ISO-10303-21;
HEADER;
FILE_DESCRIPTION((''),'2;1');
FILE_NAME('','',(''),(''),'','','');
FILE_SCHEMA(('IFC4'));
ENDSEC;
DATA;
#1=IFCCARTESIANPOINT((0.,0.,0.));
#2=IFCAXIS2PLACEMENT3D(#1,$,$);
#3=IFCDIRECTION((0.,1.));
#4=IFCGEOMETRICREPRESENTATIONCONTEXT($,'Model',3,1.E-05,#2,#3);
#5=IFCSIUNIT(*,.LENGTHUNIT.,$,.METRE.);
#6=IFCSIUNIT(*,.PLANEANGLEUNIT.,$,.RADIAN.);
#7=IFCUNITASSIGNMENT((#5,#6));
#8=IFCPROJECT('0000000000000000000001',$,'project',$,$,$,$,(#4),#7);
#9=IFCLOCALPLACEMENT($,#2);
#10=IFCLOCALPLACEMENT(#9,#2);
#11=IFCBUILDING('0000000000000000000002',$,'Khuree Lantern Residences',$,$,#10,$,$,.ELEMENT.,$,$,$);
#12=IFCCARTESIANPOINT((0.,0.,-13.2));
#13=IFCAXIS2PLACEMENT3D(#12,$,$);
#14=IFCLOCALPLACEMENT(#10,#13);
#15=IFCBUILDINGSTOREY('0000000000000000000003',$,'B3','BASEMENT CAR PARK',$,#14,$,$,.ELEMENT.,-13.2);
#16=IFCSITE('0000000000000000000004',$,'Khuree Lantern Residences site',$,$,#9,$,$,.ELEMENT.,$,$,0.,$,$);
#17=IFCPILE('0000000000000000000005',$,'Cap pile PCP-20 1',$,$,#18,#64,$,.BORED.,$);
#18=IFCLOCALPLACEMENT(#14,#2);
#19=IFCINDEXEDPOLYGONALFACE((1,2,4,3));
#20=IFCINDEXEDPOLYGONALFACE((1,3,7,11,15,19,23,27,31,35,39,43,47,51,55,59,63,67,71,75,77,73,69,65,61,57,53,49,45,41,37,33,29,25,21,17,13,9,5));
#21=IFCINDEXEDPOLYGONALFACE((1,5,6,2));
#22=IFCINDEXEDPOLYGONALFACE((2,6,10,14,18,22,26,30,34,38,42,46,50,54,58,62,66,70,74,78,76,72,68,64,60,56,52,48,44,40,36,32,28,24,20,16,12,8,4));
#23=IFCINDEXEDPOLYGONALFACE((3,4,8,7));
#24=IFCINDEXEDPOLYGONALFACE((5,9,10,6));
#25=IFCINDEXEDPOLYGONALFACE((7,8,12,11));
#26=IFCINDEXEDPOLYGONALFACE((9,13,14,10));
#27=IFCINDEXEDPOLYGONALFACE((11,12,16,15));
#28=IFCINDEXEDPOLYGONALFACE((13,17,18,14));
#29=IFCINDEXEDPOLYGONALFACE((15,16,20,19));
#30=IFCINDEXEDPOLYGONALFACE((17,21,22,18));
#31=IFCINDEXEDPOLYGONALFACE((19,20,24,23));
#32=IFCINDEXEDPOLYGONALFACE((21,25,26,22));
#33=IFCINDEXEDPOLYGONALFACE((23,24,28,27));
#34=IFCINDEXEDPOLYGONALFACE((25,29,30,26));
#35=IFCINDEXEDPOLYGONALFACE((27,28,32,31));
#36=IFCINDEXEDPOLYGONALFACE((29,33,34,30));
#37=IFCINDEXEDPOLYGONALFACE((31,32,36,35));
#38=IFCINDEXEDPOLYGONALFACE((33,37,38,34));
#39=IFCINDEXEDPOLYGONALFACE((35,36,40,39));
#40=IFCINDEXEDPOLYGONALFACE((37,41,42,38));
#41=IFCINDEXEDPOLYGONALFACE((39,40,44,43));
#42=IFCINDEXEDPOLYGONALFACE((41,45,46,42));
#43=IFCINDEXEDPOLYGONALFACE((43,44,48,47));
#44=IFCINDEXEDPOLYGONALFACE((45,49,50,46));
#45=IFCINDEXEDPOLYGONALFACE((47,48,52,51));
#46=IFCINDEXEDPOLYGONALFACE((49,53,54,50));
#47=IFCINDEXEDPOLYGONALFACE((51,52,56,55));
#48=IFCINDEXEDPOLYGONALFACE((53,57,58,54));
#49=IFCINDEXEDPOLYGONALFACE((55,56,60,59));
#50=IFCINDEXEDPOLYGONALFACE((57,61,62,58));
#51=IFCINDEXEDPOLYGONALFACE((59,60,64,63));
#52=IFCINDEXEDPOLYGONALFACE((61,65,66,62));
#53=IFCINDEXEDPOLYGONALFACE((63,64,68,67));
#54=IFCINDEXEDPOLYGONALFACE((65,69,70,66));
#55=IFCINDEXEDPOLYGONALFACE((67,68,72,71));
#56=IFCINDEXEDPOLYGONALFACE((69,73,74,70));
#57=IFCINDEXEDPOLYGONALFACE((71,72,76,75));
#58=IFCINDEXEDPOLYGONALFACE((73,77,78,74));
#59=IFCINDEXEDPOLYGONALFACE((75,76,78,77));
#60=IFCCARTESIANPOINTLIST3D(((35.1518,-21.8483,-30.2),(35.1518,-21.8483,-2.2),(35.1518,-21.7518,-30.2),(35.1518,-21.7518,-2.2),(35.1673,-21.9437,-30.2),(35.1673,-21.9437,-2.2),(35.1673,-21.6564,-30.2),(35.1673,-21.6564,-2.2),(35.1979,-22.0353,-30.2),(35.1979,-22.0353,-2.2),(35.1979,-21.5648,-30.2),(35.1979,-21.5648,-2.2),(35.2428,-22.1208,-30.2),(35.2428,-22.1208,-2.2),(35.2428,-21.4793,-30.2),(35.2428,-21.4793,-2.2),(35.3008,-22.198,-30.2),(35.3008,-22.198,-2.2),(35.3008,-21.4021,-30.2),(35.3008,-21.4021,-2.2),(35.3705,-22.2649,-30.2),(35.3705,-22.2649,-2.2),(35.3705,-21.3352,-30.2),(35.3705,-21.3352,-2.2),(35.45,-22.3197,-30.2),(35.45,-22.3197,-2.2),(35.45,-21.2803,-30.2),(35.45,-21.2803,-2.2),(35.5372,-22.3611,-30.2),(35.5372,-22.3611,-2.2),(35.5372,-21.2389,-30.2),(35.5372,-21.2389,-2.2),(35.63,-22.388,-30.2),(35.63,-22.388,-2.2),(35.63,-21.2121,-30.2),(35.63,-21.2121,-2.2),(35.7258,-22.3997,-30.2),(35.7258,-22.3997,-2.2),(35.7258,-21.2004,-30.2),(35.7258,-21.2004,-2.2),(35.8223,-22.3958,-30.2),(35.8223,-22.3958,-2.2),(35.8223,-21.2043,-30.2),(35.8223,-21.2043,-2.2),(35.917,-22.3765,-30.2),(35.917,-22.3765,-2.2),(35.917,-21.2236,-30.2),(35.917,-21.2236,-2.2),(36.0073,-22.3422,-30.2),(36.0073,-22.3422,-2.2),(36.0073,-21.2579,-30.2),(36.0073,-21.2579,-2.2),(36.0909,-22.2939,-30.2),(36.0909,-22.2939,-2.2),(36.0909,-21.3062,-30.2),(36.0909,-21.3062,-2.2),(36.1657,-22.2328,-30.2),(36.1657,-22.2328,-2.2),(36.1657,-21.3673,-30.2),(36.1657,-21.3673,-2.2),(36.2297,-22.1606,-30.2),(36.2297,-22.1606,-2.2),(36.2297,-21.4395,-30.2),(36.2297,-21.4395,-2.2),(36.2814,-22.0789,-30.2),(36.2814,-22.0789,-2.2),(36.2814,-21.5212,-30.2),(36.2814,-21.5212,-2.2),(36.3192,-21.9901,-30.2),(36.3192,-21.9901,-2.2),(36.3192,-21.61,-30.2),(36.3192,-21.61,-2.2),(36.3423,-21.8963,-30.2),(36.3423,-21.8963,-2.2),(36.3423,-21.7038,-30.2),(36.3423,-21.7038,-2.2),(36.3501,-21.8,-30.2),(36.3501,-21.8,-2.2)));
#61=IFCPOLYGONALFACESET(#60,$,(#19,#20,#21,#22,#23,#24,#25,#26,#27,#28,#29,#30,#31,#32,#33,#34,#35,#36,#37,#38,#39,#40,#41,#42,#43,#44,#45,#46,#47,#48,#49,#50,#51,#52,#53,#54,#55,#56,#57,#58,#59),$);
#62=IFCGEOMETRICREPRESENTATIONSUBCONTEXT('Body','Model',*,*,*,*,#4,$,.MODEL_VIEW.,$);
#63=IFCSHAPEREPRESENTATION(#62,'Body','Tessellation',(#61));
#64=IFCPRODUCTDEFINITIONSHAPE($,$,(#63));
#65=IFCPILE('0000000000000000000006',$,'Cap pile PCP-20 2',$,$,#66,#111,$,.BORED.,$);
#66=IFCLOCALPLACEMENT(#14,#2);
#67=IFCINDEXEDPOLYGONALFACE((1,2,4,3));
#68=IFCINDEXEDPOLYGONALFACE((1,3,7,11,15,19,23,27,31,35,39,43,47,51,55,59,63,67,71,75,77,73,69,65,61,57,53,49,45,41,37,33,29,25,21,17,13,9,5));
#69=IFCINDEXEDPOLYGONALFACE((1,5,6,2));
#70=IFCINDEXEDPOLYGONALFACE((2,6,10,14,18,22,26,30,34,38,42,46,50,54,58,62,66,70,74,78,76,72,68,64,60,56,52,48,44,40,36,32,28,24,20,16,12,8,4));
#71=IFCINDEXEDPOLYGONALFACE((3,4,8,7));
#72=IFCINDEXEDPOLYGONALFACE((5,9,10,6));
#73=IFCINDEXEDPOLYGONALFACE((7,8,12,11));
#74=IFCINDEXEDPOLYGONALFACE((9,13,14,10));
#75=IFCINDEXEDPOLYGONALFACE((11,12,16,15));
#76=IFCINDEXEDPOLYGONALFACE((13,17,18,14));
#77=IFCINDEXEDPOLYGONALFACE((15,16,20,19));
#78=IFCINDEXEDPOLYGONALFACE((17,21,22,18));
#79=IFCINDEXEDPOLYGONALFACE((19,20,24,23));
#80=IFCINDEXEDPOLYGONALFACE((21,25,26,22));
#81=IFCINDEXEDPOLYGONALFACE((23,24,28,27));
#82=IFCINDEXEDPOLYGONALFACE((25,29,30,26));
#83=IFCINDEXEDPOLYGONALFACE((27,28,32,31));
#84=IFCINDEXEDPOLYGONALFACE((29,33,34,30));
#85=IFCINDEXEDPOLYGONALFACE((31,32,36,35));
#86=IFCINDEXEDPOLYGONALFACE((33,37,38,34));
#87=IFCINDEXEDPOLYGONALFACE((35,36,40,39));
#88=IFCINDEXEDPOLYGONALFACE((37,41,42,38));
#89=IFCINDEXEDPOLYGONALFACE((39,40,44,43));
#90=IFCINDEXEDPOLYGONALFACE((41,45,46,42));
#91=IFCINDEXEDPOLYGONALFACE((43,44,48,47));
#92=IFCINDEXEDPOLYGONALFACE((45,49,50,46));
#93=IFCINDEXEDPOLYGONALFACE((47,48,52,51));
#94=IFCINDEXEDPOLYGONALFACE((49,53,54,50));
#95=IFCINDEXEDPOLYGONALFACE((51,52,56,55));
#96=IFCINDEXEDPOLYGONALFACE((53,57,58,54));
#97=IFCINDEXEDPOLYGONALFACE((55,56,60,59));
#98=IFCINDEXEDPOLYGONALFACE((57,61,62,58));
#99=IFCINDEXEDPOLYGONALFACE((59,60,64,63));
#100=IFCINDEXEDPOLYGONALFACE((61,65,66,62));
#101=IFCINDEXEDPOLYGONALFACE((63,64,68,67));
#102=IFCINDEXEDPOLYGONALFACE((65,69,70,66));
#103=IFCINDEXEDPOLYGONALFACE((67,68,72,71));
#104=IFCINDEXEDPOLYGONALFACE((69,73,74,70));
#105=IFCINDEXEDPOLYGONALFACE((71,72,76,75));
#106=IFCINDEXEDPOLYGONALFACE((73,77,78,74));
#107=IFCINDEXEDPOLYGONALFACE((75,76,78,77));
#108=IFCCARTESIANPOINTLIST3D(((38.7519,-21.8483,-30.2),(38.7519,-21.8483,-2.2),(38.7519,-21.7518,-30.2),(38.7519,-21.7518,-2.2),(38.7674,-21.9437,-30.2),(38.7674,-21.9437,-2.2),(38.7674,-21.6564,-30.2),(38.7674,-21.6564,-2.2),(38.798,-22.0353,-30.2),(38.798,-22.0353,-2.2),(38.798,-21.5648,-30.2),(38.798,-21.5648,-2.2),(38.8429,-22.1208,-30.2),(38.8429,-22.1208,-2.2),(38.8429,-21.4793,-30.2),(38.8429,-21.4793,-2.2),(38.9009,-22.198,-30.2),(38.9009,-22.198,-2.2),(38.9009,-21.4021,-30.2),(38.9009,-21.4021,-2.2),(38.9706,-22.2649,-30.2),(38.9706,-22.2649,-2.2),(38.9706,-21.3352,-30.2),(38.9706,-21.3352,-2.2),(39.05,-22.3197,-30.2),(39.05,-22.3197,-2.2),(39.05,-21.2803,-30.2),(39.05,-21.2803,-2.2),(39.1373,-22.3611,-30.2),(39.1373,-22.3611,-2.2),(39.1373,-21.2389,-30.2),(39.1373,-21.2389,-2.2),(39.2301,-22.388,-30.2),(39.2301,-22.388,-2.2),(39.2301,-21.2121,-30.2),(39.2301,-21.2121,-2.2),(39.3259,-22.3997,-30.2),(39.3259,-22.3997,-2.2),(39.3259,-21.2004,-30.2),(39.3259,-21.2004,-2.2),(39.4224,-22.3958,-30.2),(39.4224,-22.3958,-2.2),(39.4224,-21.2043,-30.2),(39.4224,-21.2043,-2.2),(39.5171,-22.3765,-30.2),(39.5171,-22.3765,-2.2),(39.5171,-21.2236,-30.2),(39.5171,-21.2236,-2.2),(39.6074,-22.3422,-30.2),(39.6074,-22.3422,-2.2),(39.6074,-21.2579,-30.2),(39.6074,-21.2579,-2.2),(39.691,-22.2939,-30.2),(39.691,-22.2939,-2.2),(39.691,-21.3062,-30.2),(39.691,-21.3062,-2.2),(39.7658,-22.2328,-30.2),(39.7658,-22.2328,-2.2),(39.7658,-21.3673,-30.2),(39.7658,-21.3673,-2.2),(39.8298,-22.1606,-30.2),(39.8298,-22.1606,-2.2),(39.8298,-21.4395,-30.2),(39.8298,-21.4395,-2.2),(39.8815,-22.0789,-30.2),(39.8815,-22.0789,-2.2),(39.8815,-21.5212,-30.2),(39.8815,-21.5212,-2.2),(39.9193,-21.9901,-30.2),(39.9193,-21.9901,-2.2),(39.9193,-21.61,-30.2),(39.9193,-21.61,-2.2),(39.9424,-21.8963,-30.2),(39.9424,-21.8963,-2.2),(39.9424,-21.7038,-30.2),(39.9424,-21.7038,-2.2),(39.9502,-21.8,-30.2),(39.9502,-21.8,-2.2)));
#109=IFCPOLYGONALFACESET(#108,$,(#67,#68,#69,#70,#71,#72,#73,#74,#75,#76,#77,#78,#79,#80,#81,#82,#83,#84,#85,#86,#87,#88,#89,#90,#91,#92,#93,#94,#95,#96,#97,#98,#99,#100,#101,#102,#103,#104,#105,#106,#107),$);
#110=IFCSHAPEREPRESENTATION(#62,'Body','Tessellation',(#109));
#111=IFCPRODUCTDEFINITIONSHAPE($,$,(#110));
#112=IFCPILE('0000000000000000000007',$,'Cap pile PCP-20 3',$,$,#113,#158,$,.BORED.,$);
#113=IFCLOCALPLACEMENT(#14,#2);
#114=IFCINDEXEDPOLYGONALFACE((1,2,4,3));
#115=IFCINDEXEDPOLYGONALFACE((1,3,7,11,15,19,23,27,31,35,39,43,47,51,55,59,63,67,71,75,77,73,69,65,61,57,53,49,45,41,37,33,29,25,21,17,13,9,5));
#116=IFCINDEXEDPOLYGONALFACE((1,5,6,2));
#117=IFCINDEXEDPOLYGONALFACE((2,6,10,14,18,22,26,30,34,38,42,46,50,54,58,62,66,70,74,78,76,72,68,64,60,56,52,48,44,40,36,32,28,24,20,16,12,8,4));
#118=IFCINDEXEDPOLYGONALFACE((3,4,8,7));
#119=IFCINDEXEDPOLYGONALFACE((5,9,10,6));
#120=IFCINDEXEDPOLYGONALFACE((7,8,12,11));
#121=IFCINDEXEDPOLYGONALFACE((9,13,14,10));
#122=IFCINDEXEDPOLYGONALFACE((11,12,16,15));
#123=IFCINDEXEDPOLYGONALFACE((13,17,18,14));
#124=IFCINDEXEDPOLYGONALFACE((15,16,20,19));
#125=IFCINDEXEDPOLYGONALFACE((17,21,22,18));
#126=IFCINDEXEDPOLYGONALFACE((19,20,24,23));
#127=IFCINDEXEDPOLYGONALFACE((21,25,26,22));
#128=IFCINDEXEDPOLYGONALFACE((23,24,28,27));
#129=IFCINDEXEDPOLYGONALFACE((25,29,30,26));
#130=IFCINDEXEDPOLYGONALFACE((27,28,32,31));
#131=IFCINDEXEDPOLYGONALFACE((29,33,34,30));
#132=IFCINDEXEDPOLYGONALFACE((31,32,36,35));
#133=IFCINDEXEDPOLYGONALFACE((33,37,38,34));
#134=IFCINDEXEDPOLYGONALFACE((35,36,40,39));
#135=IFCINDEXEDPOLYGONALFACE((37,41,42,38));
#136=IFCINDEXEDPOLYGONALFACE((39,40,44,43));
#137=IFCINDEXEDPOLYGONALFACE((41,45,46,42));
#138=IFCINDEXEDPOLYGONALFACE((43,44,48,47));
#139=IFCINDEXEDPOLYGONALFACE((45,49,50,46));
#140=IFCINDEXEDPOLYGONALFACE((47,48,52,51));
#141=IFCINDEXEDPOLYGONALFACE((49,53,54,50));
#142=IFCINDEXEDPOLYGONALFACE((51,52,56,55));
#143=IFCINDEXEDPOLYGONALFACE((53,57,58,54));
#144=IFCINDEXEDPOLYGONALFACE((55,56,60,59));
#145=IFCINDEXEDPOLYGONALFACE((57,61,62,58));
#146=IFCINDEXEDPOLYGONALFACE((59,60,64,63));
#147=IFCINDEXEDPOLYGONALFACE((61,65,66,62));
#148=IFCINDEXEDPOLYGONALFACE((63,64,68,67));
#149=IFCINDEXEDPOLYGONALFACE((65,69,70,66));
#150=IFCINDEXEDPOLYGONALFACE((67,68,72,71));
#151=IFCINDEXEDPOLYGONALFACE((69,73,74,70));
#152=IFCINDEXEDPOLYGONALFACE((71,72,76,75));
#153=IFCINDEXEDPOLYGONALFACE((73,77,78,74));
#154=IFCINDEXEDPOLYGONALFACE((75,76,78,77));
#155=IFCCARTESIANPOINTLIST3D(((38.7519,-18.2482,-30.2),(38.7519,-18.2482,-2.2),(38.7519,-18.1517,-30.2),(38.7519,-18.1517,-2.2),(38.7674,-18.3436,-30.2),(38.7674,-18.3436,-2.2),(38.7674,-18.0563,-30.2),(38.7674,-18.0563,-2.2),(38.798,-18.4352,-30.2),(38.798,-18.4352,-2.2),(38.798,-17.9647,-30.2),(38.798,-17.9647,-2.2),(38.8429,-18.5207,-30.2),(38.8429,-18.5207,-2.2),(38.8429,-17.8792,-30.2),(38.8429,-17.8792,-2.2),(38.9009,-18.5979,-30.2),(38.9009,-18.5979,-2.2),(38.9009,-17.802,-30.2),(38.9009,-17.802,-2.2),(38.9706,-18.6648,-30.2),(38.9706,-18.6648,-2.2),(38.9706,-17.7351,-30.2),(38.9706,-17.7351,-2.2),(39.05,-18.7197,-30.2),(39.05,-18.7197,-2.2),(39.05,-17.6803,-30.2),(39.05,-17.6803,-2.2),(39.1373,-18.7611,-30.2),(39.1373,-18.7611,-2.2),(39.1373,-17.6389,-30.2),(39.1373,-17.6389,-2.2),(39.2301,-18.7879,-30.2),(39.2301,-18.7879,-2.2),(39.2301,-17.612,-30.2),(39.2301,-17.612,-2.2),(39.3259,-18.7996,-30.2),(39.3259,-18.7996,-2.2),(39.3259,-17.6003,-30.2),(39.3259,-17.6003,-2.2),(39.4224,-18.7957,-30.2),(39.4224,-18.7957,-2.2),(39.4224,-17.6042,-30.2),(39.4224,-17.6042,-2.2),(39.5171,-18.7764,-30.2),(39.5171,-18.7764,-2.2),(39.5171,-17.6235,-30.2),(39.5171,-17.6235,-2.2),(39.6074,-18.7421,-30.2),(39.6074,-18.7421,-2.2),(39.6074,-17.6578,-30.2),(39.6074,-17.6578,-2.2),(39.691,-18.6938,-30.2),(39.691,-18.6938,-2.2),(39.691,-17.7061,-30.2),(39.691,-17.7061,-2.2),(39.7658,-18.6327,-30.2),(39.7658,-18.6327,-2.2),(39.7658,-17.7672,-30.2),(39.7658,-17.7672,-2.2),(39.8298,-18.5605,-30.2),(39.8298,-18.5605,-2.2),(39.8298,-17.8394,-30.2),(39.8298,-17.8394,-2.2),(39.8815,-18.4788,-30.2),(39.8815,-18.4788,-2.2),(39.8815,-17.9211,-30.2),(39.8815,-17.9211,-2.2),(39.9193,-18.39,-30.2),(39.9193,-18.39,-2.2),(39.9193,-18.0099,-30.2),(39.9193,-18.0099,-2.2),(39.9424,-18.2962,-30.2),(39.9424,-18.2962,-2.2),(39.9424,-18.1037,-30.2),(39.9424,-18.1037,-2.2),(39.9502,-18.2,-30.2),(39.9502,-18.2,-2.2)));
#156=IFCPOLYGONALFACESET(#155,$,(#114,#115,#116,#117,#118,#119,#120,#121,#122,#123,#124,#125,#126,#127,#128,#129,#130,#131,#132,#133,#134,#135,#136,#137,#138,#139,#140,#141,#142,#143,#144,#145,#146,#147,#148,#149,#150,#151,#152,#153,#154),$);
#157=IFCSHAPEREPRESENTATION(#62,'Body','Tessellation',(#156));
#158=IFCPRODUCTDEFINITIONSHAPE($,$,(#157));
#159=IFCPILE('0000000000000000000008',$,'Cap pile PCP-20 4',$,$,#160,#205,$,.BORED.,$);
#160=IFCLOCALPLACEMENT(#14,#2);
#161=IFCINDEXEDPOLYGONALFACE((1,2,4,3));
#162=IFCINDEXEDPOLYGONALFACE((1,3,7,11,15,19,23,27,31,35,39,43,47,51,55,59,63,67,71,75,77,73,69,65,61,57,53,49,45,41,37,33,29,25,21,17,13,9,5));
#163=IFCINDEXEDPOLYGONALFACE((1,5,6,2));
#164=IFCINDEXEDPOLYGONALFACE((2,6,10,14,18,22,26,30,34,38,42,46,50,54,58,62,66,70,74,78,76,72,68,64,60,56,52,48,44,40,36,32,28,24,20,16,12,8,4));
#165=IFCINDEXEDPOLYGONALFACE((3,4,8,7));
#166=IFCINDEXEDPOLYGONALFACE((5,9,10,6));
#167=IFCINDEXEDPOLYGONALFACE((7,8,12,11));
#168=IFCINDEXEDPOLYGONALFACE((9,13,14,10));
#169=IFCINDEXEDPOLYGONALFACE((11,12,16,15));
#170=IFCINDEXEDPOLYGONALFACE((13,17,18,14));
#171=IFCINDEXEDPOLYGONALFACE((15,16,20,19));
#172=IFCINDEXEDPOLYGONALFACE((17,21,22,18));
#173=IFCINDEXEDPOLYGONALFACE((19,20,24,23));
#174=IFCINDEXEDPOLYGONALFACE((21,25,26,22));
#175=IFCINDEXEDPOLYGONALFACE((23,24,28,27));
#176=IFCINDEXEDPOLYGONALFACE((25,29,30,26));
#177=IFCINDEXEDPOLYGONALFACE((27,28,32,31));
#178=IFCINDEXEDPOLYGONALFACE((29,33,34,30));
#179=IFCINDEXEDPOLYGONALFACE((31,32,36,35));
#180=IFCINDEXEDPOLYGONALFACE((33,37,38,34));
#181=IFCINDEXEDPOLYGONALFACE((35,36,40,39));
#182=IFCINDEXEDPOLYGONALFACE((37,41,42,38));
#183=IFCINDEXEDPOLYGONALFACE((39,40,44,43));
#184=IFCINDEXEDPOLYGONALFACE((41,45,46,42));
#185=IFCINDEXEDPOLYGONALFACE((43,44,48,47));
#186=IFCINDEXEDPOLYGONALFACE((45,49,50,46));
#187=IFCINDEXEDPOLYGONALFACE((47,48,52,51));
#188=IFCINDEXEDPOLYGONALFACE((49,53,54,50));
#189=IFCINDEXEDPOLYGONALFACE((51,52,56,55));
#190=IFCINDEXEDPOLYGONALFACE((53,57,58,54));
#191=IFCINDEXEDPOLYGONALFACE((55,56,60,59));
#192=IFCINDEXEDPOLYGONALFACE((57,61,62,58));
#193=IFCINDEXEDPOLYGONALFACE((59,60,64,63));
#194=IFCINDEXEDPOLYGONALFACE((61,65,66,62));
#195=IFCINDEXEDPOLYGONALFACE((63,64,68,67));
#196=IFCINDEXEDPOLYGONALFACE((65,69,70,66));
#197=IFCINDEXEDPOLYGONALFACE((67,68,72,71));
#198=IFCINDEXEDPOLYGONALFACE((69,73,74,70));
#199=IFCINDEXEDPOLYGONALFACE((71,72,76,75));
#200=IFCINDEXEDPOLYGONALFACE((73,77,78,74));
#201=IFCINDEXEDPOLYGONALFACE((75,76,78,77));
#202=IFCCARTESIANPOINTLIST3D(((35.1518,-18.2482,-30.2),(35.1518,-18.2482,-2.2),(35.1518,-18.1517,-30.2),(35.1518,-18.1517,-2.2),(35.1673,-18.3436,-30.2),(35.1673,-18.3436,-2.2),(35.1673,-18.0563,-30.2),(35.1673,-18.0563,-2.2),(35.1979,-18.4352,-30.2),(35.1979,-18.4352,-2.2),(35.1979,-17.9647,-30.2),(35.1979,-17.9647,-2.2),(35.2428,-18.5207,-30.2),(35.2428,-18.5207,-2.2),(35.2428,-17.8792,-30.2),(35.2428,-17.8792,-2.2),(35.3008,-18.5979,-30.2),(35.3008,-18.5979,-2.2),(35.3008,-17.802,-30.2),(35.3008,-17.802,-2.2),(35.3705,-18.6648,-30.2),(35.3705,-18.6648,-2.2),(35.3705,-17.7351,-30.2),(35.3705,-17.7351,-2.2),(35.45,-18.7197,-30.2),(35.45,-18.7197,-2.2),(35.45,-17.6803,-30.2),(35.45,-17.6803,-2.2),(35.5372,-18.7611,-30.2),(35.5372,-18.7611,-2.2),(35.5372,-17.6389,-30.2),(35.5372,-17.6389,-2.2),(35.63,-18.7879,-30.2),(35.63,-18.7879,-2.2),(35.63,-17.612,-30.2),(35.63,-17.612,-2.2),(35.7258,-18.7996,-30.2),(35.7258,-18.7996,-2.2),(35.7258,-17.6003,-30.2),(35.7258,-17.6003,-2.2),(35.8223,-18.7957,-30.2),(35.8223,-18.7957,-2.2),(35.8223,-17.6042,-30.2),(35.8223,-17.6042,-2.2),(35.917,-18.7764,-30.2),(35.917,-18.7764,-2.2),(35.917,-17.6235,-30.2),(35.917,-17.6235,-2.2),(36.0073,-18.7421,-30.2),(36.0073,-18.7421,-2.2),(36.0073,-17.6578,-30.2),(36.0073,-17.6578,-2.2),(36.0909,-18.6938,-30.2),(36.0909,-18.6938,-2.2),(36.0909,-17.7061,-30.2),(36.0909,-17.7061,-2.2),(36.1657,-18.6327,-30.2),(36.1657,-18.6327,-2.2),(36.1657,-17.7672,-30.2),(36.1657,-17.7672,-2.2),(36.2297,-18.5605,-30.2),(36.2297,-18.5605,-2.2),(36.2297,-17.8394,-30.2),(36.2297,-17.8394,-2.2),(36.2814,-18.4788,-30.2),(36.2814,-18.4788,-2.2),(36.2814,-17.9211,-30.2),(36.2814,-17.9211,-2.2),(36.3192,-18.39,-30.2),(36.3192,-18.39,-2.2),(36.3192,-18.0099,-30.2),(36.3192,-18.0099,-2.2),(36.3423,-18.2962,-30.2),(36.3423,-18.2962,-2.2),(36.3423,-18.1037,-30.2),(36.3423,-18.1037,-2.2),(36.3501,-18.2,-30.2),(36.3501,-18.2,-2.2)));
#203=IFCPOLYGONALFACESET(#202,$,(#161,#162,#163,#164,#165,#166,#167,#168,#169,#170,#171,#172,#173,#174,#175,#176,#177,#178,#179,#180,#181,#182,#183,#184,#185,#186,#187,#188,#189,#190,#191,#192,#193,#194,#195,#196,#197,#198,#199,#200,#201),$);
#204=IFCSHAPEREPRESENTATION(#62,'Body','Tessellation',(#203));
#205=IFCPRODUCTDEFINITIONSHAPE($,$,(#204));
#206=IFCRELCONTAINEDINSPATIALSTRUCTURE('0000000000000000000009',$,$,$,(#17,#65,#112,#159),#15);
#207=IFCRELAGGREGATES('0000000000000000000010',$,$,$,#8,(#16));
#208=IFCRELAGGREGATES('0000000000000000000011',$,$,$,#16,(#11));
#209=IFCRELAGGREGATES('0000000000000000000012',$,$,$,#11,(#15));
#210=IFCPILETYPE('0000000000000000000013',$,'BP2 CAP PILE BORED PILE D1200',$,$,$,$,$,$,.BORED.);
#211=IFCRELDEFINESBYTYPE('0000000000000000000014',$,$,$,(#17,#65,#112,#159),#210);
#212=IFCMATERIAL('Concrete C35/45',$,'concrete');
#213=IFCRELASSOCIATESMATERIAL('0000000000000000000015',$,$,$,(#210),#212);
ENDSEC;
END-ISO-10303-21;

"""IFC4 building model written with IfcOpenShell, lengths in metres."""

from ifc_helpers import new_model, si_unit, direction, frame, origin, origin_2d, place, context, subcontext, project, spatial, circle, extrude, material, material_profile, profile_set, type_object, element, save


model = new_model("IFC4")

# Units and contexts
model_context = context("Model", 3, precision=1e-05, world=origin(), true_north=direction((0.0, 1.0)))
body_context = subcontext(model_context, "Body", "Model", "MODEL_VIEW")
ifc_project = project(units=[si_unit("LENGTHUNIT", "METRE"), si_unit("PLANEANGLEUNIT", "RADIAN")], contexts=[model_context])

# Site, building, storey
site_placement = place(None, origin())
site = spatial("IfcSite", under=ifc_project, at=site_placement, Name="Khuree Lantern Residences site", CompositionType="ELEMENT", RefElevation=0.0)
building_placement = place(site_placement, origin())
building = spatial("IfcBuilding", under=site, at=building_placement, Name="Khuree Lantern Residences", CompositionType="ELEMENT")
storey_placement = place(building_placement, frame((0.0, 0.0, -13.2)))
storey = spatial("IfcBuildingStorey", under=building, at=storey_placement, Name="B3", Description="BASEMENT CAR PARK", CompositionType="ELEMENT", Elevation=-13.2)

# Piles
ifc_material_1 = material(Name="Concrete C35/45", Category="concrete")
ifc_material_profile_1 = material_profile(ifc_material_1, circle(Radius=0.6001, at=origin_2d()), Name="BORED PILE D1200")
ifc_profile_set_1 = profile_set([ifc_material_profile_1], Name="Concrete C35/45")
pile_type_1 = type_object("IfcPileType", Name="BP2 CAP PILE BORED PILE D1200", PredefinedType="BORED", material=ifc_profile_set_1)
for number, where, z_axis, x_axis, name in (
    (1, (35.75, -21.8, -2.2), (0.0, 0.0, -1.0), (1.0, 0.0, 0.0), "Cap pile PCP-20 1"),
    (2, (39.3501, -21.8, -2.2), (0.0, 0.0, -1.0), (1.0, 0.0, 0.0), "Cap pile PCP-20 2"),
    (3, (39.3501, -18.2, -2.2), (0.0, 0.0, -1.0), (1.0, 0.0, 0.0), "Cap pile PCP-20 3"),
    (4, (35.75, -18.2, -2.2), (0.0, 0.0, -1.0), (1.0, 0.0, 0.0), "Cap pile PCP-20 4"),
):
    element("IfcPile", number, at=place(storey_placement, frame(where, z_axis=z_axis, x_axis=x_axis)), inside=storey, type_object=pile_type_1, Name=name, PredefinedType="BORED", context=body_context, shape_type="SweptSolid", body=[
        extrude(circle(Radius=0.6001, at=origin_2d()), origin(), (0.0, 0.0, 1.0), 28.0),
    ])

save(model, "model.ifc")
